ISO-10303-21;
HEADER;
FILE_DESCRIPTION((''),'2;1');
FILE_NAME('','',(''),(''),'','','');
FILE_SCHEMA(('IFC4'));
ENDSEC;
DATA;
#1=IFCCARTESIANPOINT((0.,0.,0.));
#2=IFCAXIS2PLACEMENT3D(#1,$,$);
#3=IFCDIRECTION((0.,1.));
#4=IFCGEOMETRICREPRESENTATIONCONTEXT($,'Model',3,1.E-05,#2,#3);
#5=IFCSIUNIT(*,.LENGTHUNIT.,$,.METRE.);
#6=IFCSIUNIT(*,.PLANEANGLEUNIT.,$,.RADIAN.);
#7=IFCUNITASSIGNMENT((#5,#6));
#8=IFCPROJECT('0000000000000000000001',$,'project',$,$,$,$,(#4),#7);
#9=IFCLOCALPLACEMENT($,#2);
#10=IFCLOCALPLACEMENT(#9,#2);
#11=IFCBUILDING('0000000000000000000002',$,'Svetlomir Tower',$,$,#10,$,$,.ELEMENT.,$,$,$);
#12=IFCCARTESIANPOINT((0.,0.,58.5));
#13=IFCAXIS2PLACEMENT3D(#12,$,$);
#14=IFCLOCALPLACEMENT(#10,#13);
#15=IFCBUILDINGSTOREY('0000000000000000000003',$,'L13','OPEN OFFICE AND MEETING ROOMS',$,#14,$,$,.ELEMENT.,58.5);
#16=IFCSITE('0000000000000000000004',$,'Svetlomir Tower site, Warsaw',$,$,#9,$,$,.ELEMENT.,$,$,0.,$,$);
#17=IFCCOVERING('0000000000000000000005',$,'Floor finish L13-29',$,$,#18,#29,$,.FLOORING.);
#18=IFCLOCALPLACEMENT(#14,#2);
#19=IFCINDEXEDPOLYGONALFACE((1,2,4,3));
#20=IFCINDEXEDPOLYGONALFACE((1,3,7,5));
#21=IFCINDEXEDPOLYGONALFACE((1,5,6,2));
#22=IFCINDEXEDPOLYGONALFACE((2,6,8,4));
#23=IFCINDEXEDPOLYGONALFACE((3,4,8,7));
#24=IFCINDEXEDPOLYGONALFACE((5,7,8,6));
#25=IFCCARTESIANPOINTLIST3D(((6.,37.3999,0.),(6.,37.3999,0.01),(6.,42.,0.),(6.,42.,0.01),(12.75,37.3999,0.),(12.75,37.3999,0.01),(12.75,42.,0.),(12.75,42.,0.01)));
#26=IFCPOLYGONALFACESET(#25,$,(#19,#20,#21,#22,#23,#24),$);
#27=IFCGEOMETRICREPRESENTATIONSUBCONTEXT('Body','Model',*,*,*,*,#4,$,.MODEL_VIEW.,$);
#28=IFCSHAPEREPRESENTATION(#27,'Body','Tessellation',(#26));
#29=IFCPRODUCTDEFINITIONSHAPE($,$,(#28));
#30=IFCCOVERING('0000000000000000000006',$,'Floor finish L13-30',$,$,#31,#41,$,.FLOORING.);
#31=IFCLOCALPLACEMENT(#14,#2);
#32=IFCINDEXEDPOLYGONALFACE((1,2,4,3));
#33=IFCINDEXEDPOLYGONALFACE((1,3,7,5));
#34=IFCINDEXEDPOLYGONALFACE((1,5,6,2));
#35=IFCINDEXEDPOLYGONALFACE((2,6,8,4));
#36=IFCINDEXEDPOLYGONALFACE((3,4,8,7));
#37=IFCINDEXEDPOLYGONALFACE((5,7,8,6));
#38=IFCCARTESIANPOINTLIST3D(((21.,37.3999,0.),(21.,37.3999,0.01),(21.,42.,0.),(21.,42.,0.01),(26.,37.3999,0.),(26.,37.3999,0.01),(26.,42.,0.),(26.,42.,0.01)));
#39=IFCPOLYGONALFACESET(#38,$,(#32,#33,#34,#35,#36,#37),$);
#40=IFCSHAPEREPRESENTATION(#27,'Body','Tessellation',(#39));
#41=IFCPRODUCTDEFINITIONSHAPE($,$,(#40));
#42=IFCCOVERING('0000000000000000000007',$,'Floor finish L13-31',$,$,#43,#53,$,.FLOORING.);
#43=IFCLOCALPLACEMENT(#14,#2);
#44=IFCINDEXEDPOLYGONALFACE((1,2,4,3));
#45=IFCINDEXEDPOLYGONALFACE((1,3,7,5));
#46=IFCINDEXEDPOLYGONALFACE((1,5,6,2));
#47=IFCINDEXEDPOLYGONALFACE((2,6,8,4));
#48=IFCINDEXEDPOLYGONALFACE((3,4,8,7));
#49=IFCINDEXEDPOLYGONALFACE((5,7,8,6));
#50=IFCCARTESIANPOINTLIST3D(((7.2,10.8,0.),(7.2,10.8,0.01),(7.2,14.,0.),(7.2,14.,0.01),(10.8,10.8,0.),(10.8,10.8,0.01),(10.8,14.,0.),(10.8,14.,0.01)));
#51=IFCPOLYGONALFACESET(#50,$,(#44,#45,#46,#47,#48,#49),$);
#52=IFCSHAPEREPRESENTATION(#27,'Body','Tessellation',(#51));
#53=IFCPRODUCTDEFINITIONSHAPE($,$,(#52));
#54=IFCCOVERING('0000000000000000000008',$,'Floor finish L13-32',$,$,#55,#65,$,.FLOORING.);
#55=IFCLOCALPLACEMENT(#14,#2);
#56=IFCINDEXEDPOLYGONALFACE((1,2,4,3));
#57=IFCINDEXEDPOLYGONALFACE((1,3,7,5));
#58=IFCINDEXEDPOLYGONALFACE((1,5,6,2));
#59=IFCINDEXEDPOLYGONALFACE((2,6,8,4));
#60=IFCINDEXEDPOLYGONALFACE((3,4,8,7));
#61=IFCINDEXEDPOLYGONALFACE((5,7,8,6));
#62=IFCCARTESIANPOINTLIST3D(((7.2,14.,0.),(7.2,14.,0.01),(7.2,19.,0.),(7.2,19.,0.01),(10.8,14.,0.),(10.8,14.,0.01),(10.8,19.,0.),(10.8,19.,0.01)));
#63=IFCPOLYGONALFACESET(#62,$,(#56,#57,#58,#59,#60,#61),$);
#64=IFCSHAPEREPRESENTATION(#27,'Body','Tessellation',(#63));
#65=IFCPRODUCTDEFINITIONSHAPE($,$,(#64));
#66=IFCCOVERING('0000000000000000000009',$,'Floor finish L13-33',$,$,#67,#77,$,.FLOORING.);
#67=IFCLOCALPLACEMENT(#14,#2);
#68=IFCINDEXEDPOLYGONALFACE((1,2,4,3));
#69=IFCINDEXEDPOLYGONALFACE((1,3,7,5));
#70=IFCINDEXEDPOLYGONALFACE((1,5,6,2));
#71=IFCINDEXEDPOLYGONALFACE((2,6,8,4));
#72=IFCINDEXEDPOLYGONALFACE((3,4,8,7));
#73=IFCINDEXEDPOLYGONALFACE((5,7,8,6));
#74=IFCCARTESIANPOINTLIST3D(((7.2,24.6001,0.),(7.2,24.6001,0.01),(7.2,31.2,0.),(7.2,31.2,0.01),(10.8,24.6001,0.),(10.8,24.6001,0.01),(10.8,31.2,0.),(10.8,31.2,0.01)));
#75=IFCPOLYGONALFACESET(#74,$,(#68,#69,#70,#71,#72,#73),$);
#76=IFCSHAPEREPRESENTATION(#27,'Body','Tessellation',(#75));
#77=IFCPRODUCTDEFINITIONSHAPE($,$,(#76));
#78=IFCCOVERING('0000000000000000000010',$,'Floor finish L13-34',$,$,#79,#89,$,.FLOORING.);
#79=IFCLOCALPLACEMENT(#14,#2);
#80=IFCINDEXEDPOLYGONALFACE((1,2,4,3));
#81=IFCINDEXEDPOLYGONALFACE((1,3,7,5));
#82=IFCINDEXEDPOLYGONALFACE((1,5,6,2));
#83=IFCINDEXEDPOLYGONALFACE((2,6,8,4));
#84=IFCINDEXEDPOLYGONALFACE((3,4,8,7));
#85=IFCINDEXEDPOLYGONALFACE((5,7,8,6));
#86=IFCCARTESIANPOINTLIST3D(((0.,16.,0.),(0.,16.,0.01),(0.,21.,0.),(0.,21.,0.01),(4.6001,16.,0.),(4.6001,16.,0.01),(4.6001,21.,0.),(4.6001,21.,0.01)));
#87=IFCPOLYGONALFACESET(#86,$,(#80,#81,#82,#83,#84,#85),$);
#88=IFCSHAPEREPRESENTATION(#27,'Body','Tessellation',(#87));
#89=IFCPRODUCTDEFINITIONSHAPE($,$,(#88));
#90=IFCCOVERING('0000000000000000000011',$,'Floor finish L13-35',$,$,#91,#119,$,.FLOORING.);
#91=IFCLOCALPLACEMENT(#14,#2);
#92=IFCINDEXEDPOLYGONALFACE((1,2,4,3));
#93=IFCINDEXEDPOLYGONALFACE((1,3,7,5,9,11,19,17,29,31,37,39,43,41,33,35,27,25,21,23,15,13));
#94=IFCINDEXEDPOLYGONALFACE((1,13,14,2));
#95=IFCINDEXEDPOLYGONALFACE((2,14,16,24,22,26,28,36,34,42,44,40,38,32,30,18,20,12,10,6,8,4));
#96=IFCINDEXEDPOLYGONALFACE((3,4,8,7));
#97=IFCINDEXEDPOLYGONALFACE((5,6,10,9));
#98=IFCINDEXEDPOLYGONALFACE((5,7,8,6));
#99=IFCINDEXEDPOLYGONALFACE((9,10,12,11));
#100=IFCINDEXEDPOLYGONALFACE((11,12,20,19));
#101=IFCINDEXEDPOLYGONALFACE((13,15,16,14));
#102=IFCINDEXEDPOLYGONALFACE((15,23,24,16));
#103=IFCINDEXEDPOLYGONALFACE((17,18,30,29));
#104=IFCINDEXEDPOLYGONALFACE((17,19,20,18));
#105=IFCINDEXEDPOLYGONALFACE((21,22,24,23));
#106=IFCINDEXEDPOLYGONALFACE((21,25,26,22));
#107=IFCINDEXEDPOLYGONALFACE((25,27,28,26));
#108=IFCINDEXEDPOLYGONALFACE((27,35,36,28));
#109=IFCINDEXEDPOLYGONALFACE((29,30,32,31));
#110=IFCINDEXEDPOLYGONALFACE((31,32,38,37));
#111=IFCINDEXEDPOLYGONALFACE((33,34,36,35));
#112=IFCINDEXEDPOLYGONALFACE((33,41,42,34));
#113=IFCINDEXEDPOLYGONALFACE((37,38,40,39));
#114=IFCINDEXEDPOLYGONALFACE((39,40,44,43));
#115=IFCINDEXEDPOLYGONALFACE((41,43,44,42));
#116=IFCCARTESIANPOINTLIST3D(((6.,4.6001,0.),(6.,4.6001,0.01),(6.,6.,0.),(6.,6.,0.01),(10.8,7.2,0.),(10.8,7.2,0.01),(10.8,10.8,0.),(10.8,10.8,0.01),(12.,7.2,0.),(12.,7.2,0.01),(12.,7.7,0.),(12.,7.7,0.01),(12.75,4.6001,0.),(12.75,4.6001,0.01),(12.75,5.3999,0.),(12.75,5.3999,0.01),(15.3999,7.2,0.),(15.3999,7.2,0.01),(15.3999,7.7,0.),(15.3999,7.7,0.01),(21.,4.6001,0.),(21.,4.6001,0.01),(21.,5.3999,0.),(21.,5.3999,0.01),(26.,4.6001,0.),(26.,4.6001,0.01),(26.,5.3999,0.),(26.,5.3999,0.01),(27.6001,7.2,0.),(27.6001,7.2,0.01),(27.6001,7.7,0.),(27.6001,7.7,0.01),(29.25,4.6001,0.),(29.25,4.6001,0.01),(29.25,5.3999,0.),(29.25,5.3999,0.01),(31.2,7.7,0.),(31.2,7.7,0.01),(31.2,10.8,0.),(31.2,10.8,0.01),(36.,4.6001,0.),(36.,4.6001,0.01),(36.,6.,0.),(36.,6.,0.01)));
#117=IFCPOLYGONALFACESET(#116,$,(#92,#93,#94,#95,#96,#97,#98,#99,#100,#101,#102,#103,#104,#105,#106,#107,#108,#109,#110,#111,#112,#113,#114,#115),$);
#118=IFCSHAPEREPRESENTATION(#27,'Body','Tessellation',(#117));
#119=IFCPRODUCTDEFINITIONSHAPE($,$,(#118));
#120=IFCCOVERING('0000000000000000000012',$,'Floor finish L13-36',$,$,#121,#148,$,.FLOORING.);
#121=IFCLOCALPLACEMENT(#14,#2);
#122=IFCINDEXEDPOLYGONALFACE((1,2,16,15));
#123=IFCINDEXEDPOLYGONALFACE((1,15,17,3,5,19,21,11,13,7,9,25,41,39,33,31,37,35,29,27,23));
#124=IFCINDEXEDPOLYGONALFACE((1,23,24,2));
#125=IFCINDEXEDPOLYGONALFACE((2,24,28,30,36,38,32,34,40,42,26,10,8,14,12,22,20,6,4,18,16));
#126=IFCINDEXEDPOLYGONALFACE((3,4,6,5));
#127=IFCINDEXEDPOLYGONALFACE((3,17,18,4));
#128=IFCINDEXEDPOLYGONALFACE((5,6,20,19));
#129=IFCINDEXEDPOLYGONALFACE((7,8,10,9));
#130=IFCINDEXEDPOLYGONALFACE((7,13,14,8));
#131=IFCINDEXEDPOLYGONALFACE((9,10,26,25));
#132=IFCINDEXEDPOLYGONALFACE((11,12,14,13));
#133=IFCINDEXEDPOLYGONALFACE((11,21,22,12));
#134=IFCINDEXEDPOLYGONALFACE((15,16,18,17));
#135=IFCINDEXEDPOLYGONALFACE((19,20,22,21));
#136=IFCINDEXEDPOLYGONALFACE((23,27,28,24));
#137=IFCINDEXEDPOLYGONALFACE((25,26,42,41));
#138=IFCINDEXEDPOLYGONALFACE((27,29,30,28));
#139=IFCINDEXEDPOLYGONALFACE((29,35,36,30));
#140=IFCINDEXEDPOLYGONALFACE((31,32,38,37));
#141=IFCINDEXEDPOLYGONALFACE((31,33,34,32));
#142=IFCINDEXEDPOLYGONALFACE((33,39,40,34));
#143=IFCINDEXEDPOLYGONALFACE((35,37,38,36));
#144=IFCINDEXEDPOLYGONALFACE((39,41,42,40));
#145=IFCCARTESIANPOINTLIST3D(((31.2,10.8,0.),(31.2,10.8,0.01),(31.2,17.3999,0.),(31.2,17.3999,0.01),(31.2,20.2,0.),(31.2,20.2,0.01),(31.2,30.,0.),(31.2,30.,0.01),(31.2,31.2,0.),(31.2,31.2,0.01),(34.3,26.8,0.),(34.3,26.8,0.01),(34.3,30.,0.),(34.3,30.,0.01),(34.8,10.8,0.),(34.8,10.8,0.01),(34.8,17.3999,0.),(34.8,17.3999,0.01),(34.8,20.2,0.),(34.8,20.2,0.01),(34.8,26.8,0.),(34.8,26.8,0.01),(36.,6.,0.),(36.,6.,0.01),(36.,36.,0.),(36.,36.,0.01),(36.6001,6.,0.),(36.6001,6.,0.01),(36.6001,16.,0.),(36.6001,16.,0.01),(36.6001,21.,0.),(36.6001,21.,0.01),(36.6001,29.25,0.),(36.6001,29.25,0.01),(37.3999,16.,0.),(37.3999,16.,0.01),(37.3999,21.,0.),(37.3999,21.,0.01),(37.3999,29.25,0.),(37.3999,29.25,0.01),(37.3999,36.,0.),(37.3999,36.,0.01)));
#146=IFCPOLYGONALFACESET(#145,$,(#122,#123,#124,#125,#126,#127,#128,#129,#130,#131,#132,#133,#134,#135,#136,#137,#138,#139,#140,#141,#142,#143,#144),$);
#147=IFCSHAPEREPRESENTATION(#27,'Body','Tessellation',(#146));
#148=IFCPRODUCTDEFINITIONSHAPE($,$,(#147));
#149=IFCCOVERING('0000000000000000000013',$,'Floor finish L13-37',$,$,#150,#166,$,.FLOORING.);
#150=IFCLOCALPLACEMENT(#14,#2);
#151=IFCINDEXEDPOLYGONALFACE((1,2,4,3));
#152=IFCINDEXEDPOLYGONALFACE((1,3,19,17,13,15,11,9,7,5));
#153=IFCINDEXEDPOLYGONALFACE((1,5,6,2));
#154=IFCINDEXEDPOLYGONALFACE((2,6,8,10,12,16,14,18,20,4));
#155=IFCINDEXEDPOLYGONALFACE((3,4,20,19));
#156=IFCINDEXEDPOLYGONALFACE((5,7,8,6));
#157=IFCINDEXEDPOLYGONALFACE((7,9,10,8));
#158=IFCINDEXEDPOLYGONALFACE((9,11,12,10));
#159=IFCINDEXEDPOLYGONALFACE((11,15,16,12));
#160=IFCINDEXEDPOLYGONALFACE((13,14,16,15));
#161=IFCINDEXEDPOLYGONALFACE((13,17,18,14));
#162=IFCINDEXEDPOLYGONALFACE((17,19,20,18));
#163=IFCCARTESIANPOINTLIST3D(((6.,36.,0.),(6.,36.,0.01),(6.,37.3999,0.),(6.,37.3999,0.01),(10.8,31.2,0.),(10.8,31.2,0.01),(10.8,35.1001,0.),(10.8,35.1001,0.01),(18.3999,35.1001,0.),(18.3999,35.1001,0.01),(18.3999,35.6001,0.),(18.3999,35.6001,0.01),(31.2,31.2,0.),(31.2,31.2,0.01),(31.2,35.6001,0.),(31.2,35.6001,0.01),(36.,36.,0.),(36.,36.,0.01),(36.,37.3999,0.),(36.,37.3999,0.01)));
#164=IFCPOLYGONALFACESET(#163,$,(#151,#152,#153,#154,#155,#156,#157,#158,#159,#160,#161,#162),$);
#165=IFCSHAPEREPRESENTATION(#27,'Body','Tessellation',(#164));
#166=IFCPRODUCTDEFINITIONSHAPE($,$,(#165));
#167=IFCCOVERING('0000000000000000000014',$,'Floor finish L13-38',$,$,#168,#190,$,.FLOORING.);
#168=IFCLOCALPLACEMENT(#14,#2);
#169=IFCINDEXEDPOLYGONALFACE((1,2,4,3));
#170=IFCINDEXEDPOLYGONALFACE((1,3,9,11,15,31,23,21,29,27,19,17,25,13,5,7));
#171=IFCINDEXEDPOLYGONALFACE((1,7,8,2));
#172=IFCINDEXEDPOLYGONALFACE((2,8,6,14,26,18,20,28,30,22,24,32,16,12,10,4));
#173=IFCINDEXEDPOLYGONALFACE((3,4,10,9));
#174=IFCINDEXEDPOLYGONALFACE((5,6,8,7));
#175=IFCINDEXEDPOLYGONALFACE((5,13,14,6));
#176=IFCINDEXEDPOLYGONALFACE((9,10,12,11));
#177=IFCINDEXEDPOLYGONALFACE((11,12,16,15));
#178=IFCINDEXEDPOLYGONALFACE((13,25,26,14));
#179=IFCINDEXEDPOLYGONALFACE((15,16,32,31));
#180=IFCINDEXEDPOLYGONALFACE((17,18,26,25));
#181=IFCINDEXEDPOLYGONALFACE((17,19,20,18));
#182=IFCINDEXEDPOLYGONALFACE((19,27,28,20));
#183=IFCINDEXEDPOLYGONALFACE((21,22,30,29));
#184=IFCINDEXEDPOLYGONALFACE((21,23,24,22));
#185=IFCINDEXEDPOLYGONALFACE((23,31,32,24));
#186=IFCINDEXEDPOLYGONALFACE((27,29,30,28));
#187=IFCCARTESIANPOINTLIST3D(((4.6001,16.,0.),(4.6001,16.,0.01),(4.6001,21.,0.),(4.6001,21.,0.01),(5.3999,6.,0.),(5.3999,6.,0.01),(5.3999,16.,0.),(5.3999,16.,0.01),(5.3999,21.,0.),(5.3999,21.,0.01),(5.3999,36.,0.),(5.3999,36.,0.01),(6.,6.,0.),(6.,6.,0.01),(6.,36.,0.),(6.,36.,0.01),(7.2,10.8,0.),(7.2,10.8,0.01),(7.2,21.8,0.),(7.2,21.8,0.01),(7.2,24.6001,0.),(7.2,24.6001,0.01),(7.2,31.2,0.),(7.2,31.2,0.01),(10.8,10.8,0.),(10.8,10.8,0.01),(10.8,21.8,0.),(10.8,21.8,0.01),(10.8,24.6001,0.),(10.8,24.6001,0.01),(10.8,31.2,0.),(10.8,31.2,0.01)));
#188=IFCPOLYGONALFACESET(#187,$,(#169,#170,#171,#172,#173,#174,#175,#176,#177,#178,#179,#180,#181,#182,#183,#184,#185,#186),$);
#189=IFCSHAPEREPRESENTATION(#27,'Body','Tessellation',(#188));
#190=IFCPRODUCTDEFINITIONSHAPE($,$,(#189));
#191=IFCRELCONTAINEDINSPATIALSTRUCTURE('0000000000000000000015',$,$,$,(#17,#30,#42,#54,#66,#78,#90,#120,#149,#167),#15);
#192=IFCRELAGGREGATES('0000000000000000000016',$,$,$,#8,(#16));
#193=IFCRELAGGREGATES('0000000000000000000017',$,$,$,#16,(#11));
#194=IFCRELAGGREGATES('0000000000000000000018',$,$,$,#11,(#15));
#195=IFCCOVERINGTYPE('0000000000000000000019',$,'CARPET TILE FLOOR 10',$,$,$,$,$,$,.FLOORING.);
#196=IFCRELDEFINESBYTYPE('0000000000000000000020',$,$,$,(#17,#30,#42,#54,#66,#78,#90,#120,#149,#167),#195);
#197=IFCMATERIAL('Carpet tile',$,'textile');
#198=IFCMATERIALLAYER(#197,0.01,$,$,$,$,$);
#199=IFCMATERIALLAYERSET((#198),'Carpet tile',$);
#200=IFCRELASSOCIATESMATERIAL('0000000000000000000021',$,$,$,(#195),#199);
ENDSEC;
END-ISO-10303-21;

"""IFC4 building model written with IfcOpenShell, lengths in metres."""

from ifc_helpers import new_model, si_unit, direction, frame, origin, place, context, subcontext, project, spatial, polyline, outline, extrude, material, layer, layer_set, type_object, element, save


model = new_model("IFC4")

# Units and contexts
model_context = context("Model", 3, precision=1e-05, world=origin(), true_north=direction((0.0, 1.0)))
body_context = subcontext(model_context, "Body", "Model", "MODEL_VIEW")
ifc_project = project(units=[si_unit("LENGTHUNIT", "METRE"), si_unit("PLANEANGLEUNIT", "RADIAN")], contexts=[model_context])

# Site, building, storey
site_placement = place(None, origin())
site = spatial("IfcSite", under=ifc_project, at=site_placement, Name="Svetlomir Tower site, Warsaw", CompositionType="ELEMENT", RefElevation=0.0)
building_placement = place(site_placement, origin())
building = spatial("IfcBuilding", under=site, at=building_placement, Name="Svetlomir Tower", CompositionType="ELEMENT")
storey_placement = place(building_placement, frame((0.0, 0.0, 58.5)))
storey = spatial("IfcBuildingStorey", under=building, at=storey_placement, Name="L13", Description="OPEN OFFICE AND MEETING ROOMS", CompositionType="ELEMENT", Elevation=58.5)

# Coverings
ifc_material_1 = material(Name="Carpet tile", Category="textile")
ifc_layer_1 = layer(ifc_material_1, 0.01)
ifc_layer_set_1 = layer_set([ifc_layer_1], Name="Carpet tile")
covering_type_1 = type_object("IfcCoveringType", Name="CARPET TILE FLOOR 10", PredefinedType="FLOORING", material=ifc_layer_set_1)
covering_1_placement = place(storey_placement, origin())
element("IfcCovering", 1, at=covering_1_placement, inside=storey, type_object=covering_type_1, Name="Floor finish L13-29", PredefinedType="FLOORING", context=body_context, shape_type="SweptSolid", body=[
    extrude(outline(polyline([(6.0, 37.3999), (12.75, 37.3999), (12.75, 42.0), (6.0, 42.0), (6.0, 37.3999)])), origin(), (0.0, 0.0, 1.0), 0.01),
])
covering_2_placement = place(storey_placement, origin())
element("IfcCovering", 2, at=covering_2_placement, inside=storey, type_object=covering_type_1, Name="Floor finish L13-30", PredefinedType="FLOORING", context=body_context, shape_type="SweptSolid", body=[
    extrude(outline(polyline([(21.0, 37.3999), (26.0, 37.3999), (26.0, 42.0), (21.0, 42.0), (21.0, 37.3999)])), origin(), (0.0, 0.0, 1.0), 0.01),
])
covering_3_placement = place(storey_placement, origin())
element("IfcCovering", 3, at=covering_3_placement, inside=storey, type_object=covering_type_1, Name="Floor finish L13-31", PredefinedType="FLOORING", context=body_context, shape_type="SweptSolid", body=[
    extrude(outline(polyline([(7.2, 10.8), (10.8, 10.8), (10.8, 14.0), (7.2, 14.0), (7.2, 10.8)])), origin(), (0.0, 0.0, 1.0), 0.01),
])
covering_4_placement = place(storey_placement, origin())
element("IfcCovering", 4, at=covering_4_placement, inside=storey, type_object=covering_type_1, Name="Floor finish L13-32", PredefinedType="FLOORING", context=body_context, shape_type="SweptSolid", body=[
    extrude(outline(polyline([(7.2, 14.0), (10.8, 14.0), (10.8, 19.0), (7.2, 19.0), (7.2, 14.0)])), origin(), (0.0, 0.0, 1.0), 0.01),
])
covering_5_placement = place(storey_placement, origin())
element("IfcCovering", 5, at=covering_5_placement, inside=storey, type_object=covering_type_1, Name="Floor finish L13-33", PredefinedType="FLOORING", context=body_context, shape_type="SweptSolid", body=[
    extrude(outline(polyline([(7.2, 24.6001), (10.8, 24.6001), (10.8, 31.2), (7.2, 31.2), (7.2, 24.6001)])), origin(), (0.0, 0.0, 1.0), 0.01),
])
covering_6_placement = place(storey_placement, origin())
element("IfcCovering", 6, at=covering_6_placement, inside=storey, type_object=covering_type_1, Name="Floor finish L13-34", PredefinedType="FLOORING", context=body_context, shape_type="SweptSolid", body=[
    extrude(outline(polyline([(0.0, 16.0), (4.6001, 16.0), (4.6001, 21.0), (0.0, 21.0), (0.0, 16.0)])), origin(), (0.0, 0.0, 1.0), 0.01),
])
covering_7_placement = place(storey_placement, origin())
element("IfcCovering", 7, at=covering_7_placement, inside=storey, type_object=covering_type_1, Name="Floor finish L13-35", PredefinedType="FLOORING", context=body_context, shape_type="SweptSolid", body=[
    extrude(outline(polyline([(6.0, 6.0), (10.8, 10.8), (10.8, 7.2), (12.0, 7.2), (12.0, 7.7), (15.3999, 7.7), (15.3999, 7.2), (27.6001, 7.2), (27.6001, 7.7), (31.2, 7.7), (31.2, 10.8), (36.0, 6.0), (36.0, 4.6001), (29.25, 4.6001), (29.25, 5.3999), (26.0, 5.3999), (26.0, 4.6001), (21.0, 4.6001), (21.0, 5.3999), (12.75, 5.3999), (12.75, 4.6001), (6.0, 4.6001), (6.0, 6.0)])), origin(), (0.0, 0.0, 1.0), 0.01),
])
covering_8_placement = place(storey_placement, origin())
element("IfcCovering", 8, at=covering_8_placement, inside=storey, type_object=covering_type_1, Name="Floor finish L13-36", PredefinedType="FLOORING", context=body_context, shape_type="SweptSolid", body=[
    extrude(outline(polyline([(31.2, 17.3999), (31.2, 20.2), (34.8, 20.2), (34.8, 26.8), (34.3, 26.8), (34.3, 30.0), (31.2, 30.0), (31.2, 31.2), (36.0, 36.0), (37.3999, 36.0), (37.3999, 29.25), (36.6001, 29.25), (36.6001, 21.0), (37.3999, 21.0), (37.3999, 16.0), (36.6001, 16.0), (36.6001, 6.0), (36.0, 6.0), (31.2, 10.8), (34.8, 10.8), (34.8, 17.3999), (31.2, 17.3999)])), origin(), (0.0, 0.0, 1.0), 0.01),
])
covering_9_placement = place(storey_placement, origin())
element("IfcCovering", 9, at=covering_9_placement, inside=storey, type_object=covering_type_1, Name="Floor finish L13-37", PredefinedType="FLOORING", context=body_context, shape_type="SweptSolid", body=[
    extrude(outline(polyline([(6.0, 37.3999), (36.0, 37.3999), (36.0, 36.0), (31.2, 31.2), (31.2, 35.6001), (18.3999, 35.6001), (18.3999, 35.1001), (10.8, 35.1001), (10.8, 31.2), (6.0, 36.0), (6.0, 37.3999)])), origin(), (0.0, 0.0, 1.0), 0.01),
])
covering_10_placement = place(storey_placement, origin())
element("IfcCovering", 10, at=covering_10_placement, inside=storey, type_object=covering_type_1, Name="Floor finish L13-38", PredefinedType="FLOORING", context=body_context, shape_type="SweptSolid", body=[
    extrude(outline(polyline([(5.3999, 6.0), (5.3999, 16.0), (4.6001, 16.0), (4.6001, 21.0), (5.3999, 21.0), (5.3999, 36.0), (6.0, 36.0), (10.8, 31.2), (7.2, 31.2), (7.2, 24.6001), (10.8, 24.6001), (10.8, 21.8), (7.2, 21.8), (7.2, 10.8), (10.8, 10.8), (6.0, 6.0), (5.3999, 6.0)])), origin(), (0.0, 0.0, 1.0), 0.01),
])

save(model, "model.ifc")
